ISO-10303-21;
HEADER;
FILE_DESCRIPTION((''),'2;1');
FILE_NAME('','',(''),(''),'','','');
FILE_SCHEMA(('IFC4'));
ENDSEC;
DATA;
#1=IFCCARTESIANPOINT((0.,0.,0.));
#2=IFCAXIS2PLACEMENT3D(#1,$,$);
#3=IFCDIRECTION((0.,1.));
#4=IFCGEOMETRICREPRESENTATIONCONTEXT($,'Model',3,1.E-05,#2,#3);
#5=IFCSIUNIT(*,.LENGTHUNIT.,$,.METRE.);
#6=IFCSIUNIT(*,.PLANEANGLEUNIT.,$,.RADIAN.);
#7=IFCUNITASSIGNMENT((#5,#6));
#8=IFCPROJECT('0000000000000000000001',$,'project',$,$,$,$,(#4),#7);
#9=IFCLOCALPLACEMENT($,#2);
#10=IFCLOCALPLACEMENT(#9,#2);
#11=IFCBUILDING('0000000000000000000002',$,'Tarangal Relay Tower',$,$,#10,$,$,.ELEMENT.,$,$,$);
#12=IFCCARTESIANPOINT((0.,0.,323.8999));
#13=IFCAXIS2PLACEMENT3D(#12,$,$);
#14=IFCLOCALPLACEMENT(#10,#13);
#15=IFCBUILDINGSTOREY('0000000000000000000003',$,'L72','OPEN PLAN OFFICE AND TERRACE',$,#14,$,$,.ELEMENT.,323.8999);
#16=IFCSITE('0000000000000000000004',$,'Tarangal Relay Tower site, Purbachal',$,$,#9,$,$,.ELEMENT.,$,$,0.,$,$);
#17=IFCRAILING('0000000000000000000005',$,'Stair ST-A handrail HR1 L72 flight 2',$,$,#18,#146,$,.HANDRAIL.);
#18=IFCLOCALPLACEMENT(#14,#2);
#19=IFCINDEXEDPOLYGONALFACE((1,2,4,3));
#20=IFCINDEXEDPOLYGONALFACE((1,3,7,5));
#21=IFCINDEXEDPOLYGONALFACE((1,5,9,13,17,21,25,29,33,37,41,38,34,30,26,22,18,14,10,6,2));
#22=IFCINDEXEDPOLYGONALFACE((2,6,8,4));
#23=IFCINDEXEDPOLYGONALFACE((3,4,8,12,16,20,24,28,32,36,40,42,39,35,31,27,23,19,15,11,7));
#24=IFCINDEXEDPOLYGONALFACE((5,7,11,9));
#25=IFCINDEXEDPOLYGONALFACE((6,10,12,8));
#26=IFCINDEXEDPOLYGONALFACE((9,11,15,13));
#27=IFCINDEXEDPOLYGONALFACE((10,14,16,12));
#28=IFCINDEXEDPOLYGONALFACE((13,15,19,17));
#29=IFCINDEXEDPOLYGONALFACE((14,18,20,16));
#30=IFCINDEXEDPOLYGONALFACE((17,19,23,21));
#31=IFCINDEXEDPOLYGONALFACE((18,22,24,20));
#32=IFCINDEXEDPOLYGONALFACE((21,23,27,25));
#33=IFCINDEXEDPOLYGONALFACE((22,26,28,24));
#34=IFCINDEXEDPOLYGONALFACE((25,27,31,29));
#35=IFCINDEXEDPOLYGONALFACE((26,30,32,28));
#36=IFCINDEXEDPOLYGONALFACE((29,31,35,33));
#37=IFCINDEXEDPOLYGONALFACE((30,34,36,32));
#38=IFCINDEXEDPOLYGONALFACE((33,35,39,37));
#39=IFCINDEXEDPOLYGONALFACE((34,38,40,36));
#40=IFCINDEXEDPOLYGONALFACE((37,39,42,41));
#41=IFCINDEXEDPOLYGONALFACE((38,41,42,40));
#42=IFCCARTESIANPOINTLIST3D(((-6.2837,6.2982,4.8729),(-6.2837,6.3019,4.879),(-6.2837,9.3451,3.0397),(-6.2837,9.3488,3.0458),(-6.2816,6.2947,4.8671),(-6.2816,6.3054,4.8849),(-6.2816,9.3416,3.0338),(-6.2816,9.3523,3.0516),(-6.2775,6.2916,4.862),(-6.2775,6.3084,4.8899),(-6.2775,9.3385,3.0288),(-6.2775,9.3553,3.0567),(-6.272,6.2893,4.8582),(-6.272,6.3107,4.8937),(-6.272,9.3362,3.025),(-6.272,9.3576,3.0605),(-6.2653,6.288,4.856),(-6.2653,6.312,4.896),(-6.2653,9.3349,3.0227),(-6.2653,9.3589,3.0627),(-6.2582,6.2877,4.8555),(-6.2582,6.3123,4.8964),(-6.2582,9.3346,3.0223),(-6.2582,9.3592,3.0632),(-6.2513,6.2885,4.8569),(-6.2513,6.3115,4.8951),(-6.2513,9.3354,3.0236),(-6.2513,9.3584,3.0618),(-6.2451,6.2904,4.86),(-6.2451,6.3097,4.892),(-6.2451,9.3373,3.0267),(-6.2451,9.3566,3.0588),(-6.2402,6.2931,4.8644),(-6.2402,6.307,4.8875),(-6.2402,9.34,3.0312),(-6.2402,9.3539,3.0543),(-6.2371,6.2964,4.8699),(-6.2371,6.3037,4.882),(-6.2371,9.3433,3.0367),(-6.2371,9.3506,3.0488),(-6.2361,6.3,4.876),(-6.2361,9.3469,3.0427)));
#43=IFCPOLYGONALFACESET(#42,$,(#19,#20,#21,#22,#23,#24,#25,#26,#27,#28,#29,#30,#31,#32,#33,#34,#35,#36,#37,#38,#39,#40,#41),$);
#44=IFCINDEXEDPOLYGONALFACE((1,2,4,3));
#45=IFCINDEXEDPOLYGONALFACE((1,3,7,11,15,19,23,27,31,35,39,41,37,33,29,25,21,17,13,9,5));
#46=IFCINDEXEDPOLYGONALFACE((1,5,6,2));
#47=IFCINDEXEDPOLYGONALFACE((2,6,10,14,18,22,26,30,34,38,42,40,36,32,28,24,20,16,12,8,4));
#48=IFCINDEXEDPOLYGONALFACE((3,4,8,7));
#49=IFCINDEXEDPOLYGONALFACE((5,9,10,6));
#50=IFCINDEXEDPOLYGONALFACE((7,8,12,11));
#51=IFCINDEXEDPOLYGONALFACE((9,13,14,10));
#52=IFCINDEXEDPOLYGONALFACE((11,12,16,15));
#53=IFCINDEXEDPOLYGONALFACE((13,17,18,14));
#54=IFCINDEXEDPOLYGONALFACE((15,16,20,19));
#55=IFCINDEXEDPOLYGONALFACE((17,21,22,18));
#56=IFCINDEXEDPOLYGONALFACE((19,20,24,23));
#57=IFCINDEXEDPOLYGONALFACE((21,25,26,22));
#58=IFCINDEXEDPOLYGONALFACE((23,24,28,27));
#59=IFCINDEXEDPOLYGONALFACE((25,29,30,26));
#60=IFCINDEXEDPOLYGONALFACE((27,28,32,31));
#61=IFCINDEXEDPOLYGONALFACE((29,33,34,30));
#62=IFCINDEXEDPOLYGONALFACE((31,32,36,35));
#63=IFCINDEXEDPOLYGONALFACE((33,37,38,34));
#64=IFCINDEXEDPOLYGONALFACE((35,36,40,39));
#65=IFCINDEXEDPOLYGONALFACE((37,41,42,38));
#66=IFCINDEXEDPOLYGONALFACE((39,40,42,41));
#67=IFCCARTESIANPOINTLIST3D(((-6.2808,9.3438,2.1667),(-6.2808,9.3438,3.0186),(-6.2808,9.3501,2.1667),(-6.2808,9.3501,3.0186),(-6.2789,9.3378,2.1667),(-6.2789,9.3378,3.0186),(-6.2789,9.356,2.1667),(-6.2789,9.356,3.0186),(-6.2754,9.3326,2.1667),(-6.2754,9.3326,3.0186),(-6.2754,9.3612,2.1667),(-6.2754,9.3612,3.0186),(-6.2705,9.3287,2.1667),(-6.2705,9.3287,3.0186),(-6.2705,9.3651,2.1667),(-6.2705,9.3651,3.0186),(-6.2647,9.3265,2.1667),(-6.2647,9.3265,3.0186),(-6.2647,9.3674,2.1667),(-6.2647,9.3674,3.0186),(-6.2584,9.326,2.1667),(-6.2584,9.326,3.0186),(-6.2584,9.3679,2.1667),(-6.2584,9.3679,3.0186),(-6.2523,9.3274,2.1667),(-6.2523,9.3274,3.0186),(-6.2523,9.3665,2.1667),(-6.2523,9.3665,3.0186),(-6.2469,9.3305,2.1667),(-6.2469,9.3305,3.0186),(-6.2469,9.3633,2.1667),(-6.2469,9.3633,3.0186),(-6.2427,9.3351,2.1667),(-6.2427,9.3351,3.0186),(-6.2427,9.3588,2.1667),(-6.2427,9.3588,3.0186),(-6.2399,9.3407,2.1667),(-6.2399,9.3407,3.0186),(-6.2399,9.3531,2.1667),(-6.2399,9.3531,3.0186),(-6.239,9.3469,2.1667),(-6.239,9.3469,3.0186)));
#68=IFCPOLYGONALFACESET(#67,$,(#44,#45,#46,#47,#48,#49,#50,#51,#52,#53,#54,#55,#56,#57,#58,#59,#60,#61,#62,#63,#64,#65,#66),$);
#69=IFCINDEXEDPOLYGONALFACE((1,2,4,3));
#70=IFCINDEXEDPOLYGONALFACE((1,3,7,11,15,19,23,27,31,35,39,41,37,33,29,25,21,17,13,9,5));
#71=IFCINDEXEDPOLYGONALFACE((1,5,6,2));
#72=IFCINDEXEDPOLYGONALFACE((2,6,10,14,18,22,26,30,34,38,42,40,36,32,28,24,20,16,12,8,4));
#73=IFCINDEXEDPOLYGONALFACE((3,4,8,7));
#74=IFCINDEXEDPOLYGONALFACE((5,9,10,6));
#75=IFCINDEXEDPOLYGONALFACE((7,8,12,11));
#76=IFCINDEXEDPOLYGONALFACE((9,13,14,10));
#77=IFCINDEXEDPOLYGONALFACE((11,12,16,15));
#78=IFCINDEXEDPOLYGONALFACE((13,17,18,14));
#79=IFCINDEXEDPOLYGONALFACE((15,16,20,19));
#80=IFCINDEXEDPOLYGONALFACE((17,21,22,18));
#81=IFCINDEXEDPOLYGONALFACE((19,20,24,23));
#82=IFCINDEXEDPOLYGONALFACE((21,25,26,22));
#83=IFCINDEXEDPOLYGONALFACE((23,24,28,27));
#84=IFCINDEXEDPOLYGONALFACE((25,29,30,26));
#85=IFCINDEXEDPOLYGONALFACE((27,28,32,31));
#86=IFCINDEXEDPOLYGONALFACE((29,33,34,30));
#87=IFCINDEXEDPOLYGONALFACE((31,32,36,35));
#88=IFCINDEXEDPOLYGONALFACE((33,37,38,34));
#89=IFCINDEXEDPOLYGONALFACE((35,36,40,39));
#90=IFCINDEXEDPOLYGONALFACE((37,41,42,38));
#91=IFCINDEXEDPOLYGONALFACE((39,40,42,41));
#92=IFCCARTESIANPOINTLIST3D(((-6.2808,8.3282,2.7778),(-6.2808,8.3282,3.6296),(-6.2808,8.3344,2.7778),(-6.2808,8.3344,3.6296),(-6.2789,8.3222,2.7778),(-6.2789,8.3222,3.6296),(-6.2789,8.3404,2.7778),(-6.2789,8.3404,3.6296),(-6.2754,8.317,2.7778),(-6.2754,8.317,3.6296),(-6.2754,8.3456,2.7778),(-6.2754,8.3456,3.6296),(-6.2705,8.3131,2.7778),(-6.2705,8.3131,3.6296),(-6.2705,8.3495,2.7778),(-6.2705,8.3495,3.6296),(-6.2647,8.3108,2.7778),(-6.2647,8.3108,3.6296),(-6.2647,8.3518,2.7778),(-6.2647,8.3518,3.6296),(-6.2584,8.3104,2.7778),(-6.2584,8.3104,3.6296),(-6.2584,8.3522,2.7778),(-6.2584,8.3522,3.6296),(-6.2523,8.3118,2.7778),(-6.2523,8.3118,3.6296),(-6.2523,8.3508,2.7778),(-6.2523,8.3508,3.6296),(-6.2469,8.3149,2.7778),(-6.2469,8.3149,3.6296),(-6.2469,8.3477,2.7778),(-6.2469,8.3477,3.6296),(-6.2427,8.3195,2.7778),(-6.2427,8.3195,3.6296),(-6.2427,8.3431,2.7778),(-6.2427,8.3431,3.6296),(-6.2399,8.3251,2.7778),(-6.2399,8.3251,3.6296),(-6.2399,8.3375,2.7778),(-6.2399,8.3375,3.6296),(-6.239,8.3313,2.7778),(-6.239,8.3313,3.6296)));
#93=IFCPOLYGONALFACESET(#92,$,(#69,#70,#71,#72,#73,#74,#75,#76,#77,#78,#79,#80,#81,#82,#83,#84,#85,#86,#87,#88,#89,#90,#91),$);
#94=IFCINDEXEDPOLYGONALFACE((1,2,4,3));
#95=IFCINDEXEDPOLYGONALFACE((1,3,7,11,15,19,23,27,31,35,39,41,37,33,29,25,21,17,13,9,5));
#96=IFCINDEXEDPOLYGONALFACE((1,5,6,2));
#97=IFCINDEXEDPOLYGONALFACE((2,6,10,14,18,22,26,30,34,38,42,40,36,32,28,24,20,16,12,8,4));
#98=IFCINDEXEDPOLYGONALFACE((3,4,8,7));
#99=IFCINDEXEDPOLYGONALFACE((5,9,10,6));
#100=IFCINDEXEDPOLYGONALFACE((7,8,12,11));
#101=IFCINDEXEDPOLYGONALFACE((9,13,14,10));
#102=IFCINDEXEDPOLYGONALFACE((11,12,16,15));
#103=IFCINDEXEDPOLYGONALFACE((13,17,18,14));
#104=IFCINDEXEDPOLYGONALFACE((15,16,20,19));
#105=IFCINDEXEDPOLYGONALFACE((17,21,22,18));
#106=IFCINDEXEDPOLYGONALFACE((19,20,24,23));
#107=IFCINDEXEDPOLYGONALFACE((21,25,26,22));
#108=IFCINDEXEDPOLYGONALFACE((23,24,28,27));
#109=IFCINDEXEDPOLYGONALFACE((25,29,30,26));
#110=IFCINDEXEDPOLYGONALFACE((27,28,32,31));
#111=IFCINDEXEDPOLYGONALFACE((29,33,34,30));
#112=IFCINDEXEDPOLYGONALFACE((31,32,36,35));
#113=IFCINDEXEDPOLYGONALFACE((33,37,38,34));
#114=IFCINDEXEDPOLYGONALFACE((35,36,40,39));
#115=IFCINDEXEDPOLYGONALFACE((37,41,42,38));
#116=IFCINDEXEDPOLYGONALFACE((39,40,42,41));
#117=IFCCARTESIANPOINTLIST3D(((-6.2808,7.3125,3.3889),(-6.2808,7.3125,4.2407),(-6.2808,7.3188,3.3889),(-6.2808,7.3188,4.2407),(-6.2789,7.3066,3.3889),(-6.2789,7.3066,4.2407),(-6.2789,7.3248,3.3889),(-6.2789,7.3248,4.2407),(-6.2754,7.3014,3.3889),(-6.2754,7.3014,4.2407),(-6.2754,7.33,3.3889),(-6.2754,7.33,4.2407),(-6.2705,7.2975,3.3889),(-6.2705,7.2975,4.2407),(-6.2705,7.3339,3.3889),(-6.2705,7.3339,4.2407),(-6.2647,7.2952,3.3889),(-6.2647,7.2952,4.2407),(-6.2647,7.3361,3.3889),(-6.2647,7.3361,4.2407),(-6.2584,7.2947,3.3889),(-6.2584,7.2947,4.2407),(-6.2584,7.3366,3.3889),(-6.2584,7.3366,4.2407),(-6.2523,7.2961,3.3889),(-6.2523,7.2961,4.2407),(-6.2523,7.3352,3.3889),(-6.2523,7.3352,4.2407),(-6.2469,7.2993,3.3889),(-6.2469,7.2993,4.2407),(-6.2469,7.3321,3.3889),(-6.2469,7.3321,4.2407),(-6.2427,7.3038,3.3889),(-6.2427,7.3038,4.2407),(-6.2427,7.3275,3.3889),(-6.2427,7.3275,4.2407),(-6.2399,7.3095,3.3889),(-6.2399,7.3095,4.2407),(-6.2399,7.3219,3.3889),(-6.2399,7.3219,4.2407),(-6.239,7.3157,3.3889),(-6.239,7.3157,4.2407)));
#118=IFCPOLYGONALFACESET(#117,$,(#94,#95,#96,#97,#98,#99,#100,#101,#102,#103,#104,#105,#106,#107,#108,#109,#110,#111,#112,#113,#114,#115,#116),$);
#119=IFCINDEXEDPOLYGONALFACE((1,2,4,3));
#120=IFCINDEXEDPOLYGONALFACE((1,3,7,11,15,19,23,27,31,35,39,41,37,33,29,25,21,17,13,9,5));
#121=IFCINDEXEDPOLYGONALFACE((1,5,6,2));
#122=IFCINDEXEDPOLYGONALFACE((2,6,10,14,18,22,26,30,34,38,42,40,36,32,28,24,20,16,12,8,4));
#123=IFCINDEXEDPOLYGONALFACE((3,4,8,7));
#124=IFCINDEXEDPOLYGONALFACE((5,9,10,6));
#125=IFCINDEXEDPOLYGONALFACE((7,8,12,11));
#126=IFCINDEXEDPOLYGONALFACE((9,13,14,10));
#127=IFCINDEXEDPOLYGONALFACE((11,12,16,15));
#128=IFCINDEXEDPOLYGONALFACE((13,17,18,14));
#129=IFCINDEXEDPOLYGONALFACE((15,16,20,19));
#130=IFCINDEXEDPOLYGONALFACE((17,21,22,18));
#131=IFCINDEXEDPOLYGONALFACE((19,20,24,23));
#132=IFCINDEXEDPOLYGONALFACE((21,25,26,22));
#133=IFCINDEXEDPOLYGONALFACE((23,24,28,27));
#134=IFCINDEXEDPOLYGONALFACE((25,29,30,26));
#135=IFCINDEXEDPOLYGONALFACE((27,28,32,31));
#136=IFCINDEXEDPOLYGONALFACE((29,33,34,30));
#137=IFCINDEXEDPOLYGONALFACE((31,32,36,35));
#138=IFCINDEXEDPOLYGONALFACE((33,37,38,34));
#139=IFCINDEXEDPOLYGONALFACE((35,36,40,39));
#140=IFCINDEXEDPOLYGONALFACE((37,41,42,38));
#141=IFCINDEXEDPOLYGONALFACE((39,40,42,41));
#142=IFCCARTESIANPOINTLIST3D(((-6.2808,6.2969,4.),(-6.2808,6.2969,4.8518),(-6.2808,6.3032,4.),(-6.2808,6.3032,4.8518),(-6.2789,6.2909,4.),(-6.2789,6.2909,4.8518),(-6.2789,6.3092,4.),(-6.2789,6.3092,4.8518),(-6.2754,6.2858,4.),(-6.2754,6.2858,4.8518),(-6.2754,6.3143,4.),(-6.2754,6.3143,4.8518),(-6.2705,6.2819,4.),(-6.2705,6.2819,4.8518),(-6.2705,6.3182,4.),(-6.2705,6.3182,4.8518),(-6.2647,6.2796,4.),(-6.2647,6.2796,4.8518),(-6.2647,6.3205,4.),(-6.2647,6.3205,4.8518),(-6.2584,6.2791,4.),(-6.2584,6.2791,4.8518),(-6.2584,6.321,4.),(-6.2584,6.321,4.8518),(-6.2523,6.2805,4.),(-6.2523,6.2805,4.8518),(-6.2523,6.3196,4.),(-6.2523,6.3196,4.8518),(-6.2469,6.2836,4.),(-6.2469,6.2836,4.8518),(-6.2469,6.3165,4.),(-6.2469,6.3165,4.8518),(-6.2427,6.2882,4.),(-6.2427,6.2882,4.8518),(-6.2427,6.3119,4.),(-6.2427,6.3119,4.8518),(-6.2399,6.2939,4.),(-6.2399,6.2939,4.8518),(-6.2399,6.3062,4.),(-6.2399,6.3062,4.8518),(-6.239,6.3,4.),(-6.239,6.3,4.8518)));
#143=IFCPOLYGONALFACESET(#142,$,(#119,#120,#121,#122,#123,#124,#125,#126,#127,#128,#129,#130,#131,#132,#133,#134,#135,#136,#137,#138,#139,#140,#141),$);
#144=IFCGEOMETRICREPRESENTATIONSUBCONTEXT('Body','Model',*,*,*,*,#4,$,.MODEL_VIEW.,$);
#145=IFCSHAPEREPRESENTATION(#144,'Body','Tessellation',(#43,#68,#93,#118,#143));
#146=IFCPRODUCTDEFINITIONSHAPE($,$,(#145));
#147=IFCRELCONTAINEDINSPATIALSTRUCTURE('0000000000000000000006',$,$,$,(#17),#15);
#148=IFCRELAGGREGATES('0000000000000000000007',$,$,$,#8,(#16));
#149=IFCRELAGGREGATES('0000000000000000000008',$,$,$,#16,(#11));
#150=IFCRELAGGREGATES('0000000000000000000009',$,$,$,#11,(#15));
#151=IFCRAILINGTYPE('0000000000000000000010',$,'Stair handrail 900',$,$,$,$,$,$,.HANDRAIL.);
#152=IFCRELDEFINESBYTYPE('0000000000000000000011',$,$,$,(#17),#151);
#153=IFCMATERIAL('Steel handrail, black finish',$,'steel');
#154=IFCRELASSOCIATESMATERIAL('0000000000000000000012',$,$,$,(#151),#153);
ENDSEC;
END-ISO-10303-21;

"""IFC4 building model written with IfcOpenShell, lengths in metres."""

from ifc_helpers import new_model, si_unit, direction, frame, origin, origin_2d, place, context, subcontext, project, spatial, circle, extrude, material, type_object, element, save


model = new_model("IFC4")

# Units and contexts
model_context = context("Model", 3, precision=1e-05, world=origin(), true_north=direction((0.0, 1.0)))
body_context = subcontext(model_context, "Body", "Model", "MODEL_VIEW")
ifc_project = project(units=[si_unit("LENGTHUNIT", "METRE"), si_unit("PLANEANGLEUNIT", "RADIAN")], contexts=[model_context])

# Site, building, storey
site_placement = place(None, origin())
site = spatial("IfcSite", under=ifc_project, at=site_placement, Name="Tarangal Relay Tower site, Purbachal", CompositionType="ELEMENT", RefElevation=0.0)
building_placement = place(site_placement, origin())
building = spatial("IfcBuilding", under=site, at=building_placement, Name="Tarangal Relay Tower", CompositionType="ELEMENT")
storey_placement = place(building_placement, frame((0.0, 0.0, 323.8999)))
storey = spatial("IfcBuildingStorey", under=building, at=storey_placement, Name="L72", Description="OPEN PLAN OFFICE AND TERRACE", CompositionType="ELEMENT", Elevation=323.8999)

# Railing
ifc_material_1 = material(Name="Steel handrail, black finish", Category="steel")
railing_type_1 = type_object("IfcRailingType", Name="Stair handrail 900", PredefinedType="HANDRAIL", material=ifc_material_1)
railing_1_placement = place(storey_placement, frame((-6.26, 9.3469, 2.1667)))
element("IfcRailing", 1, at=railing_1_placement, inside=storey, type_object=railing_type_1, Name="Stair ST-A handrail HR1 L72 flight 2", PredefinedType="HANDRAIL", context=body_context, shape_type="SweptSolid", body=[
    extrude(circle(Radius=0.0239, at=origin_2d()), frame((0.0, 0.0, 0.876), z_axis=(0.0, -0.856856, 0.515556), x_axis=(1.0, 0.0, 0.0)), (0.0, 0.0, 1.0), 3.5559),
    extrude(circle(Radius=0.021, at=origin_2d()), origin(), (0.0, 0.0, 1.0), 0.8518),
    extrude(circle(Radius=0.021, at=origin_2d()), frame((0.0, -1.0156, 0.6111)), (0.0, 0.0, 1.0), 0.8518),
    extrude(circle(Radius=0.021, at=origin_2d()), frame((0.0, -2.0312, 1.2222)), (0.0, 0.0, 1.0), 0.8518),
    extrude(circle(Radius=0.021, at=origin_2d()), frame((0.0, -3.0469, 1.8333)), (0.0, 0.0, 1.0), 0.8518),
])

save(model, "model.ifc")
